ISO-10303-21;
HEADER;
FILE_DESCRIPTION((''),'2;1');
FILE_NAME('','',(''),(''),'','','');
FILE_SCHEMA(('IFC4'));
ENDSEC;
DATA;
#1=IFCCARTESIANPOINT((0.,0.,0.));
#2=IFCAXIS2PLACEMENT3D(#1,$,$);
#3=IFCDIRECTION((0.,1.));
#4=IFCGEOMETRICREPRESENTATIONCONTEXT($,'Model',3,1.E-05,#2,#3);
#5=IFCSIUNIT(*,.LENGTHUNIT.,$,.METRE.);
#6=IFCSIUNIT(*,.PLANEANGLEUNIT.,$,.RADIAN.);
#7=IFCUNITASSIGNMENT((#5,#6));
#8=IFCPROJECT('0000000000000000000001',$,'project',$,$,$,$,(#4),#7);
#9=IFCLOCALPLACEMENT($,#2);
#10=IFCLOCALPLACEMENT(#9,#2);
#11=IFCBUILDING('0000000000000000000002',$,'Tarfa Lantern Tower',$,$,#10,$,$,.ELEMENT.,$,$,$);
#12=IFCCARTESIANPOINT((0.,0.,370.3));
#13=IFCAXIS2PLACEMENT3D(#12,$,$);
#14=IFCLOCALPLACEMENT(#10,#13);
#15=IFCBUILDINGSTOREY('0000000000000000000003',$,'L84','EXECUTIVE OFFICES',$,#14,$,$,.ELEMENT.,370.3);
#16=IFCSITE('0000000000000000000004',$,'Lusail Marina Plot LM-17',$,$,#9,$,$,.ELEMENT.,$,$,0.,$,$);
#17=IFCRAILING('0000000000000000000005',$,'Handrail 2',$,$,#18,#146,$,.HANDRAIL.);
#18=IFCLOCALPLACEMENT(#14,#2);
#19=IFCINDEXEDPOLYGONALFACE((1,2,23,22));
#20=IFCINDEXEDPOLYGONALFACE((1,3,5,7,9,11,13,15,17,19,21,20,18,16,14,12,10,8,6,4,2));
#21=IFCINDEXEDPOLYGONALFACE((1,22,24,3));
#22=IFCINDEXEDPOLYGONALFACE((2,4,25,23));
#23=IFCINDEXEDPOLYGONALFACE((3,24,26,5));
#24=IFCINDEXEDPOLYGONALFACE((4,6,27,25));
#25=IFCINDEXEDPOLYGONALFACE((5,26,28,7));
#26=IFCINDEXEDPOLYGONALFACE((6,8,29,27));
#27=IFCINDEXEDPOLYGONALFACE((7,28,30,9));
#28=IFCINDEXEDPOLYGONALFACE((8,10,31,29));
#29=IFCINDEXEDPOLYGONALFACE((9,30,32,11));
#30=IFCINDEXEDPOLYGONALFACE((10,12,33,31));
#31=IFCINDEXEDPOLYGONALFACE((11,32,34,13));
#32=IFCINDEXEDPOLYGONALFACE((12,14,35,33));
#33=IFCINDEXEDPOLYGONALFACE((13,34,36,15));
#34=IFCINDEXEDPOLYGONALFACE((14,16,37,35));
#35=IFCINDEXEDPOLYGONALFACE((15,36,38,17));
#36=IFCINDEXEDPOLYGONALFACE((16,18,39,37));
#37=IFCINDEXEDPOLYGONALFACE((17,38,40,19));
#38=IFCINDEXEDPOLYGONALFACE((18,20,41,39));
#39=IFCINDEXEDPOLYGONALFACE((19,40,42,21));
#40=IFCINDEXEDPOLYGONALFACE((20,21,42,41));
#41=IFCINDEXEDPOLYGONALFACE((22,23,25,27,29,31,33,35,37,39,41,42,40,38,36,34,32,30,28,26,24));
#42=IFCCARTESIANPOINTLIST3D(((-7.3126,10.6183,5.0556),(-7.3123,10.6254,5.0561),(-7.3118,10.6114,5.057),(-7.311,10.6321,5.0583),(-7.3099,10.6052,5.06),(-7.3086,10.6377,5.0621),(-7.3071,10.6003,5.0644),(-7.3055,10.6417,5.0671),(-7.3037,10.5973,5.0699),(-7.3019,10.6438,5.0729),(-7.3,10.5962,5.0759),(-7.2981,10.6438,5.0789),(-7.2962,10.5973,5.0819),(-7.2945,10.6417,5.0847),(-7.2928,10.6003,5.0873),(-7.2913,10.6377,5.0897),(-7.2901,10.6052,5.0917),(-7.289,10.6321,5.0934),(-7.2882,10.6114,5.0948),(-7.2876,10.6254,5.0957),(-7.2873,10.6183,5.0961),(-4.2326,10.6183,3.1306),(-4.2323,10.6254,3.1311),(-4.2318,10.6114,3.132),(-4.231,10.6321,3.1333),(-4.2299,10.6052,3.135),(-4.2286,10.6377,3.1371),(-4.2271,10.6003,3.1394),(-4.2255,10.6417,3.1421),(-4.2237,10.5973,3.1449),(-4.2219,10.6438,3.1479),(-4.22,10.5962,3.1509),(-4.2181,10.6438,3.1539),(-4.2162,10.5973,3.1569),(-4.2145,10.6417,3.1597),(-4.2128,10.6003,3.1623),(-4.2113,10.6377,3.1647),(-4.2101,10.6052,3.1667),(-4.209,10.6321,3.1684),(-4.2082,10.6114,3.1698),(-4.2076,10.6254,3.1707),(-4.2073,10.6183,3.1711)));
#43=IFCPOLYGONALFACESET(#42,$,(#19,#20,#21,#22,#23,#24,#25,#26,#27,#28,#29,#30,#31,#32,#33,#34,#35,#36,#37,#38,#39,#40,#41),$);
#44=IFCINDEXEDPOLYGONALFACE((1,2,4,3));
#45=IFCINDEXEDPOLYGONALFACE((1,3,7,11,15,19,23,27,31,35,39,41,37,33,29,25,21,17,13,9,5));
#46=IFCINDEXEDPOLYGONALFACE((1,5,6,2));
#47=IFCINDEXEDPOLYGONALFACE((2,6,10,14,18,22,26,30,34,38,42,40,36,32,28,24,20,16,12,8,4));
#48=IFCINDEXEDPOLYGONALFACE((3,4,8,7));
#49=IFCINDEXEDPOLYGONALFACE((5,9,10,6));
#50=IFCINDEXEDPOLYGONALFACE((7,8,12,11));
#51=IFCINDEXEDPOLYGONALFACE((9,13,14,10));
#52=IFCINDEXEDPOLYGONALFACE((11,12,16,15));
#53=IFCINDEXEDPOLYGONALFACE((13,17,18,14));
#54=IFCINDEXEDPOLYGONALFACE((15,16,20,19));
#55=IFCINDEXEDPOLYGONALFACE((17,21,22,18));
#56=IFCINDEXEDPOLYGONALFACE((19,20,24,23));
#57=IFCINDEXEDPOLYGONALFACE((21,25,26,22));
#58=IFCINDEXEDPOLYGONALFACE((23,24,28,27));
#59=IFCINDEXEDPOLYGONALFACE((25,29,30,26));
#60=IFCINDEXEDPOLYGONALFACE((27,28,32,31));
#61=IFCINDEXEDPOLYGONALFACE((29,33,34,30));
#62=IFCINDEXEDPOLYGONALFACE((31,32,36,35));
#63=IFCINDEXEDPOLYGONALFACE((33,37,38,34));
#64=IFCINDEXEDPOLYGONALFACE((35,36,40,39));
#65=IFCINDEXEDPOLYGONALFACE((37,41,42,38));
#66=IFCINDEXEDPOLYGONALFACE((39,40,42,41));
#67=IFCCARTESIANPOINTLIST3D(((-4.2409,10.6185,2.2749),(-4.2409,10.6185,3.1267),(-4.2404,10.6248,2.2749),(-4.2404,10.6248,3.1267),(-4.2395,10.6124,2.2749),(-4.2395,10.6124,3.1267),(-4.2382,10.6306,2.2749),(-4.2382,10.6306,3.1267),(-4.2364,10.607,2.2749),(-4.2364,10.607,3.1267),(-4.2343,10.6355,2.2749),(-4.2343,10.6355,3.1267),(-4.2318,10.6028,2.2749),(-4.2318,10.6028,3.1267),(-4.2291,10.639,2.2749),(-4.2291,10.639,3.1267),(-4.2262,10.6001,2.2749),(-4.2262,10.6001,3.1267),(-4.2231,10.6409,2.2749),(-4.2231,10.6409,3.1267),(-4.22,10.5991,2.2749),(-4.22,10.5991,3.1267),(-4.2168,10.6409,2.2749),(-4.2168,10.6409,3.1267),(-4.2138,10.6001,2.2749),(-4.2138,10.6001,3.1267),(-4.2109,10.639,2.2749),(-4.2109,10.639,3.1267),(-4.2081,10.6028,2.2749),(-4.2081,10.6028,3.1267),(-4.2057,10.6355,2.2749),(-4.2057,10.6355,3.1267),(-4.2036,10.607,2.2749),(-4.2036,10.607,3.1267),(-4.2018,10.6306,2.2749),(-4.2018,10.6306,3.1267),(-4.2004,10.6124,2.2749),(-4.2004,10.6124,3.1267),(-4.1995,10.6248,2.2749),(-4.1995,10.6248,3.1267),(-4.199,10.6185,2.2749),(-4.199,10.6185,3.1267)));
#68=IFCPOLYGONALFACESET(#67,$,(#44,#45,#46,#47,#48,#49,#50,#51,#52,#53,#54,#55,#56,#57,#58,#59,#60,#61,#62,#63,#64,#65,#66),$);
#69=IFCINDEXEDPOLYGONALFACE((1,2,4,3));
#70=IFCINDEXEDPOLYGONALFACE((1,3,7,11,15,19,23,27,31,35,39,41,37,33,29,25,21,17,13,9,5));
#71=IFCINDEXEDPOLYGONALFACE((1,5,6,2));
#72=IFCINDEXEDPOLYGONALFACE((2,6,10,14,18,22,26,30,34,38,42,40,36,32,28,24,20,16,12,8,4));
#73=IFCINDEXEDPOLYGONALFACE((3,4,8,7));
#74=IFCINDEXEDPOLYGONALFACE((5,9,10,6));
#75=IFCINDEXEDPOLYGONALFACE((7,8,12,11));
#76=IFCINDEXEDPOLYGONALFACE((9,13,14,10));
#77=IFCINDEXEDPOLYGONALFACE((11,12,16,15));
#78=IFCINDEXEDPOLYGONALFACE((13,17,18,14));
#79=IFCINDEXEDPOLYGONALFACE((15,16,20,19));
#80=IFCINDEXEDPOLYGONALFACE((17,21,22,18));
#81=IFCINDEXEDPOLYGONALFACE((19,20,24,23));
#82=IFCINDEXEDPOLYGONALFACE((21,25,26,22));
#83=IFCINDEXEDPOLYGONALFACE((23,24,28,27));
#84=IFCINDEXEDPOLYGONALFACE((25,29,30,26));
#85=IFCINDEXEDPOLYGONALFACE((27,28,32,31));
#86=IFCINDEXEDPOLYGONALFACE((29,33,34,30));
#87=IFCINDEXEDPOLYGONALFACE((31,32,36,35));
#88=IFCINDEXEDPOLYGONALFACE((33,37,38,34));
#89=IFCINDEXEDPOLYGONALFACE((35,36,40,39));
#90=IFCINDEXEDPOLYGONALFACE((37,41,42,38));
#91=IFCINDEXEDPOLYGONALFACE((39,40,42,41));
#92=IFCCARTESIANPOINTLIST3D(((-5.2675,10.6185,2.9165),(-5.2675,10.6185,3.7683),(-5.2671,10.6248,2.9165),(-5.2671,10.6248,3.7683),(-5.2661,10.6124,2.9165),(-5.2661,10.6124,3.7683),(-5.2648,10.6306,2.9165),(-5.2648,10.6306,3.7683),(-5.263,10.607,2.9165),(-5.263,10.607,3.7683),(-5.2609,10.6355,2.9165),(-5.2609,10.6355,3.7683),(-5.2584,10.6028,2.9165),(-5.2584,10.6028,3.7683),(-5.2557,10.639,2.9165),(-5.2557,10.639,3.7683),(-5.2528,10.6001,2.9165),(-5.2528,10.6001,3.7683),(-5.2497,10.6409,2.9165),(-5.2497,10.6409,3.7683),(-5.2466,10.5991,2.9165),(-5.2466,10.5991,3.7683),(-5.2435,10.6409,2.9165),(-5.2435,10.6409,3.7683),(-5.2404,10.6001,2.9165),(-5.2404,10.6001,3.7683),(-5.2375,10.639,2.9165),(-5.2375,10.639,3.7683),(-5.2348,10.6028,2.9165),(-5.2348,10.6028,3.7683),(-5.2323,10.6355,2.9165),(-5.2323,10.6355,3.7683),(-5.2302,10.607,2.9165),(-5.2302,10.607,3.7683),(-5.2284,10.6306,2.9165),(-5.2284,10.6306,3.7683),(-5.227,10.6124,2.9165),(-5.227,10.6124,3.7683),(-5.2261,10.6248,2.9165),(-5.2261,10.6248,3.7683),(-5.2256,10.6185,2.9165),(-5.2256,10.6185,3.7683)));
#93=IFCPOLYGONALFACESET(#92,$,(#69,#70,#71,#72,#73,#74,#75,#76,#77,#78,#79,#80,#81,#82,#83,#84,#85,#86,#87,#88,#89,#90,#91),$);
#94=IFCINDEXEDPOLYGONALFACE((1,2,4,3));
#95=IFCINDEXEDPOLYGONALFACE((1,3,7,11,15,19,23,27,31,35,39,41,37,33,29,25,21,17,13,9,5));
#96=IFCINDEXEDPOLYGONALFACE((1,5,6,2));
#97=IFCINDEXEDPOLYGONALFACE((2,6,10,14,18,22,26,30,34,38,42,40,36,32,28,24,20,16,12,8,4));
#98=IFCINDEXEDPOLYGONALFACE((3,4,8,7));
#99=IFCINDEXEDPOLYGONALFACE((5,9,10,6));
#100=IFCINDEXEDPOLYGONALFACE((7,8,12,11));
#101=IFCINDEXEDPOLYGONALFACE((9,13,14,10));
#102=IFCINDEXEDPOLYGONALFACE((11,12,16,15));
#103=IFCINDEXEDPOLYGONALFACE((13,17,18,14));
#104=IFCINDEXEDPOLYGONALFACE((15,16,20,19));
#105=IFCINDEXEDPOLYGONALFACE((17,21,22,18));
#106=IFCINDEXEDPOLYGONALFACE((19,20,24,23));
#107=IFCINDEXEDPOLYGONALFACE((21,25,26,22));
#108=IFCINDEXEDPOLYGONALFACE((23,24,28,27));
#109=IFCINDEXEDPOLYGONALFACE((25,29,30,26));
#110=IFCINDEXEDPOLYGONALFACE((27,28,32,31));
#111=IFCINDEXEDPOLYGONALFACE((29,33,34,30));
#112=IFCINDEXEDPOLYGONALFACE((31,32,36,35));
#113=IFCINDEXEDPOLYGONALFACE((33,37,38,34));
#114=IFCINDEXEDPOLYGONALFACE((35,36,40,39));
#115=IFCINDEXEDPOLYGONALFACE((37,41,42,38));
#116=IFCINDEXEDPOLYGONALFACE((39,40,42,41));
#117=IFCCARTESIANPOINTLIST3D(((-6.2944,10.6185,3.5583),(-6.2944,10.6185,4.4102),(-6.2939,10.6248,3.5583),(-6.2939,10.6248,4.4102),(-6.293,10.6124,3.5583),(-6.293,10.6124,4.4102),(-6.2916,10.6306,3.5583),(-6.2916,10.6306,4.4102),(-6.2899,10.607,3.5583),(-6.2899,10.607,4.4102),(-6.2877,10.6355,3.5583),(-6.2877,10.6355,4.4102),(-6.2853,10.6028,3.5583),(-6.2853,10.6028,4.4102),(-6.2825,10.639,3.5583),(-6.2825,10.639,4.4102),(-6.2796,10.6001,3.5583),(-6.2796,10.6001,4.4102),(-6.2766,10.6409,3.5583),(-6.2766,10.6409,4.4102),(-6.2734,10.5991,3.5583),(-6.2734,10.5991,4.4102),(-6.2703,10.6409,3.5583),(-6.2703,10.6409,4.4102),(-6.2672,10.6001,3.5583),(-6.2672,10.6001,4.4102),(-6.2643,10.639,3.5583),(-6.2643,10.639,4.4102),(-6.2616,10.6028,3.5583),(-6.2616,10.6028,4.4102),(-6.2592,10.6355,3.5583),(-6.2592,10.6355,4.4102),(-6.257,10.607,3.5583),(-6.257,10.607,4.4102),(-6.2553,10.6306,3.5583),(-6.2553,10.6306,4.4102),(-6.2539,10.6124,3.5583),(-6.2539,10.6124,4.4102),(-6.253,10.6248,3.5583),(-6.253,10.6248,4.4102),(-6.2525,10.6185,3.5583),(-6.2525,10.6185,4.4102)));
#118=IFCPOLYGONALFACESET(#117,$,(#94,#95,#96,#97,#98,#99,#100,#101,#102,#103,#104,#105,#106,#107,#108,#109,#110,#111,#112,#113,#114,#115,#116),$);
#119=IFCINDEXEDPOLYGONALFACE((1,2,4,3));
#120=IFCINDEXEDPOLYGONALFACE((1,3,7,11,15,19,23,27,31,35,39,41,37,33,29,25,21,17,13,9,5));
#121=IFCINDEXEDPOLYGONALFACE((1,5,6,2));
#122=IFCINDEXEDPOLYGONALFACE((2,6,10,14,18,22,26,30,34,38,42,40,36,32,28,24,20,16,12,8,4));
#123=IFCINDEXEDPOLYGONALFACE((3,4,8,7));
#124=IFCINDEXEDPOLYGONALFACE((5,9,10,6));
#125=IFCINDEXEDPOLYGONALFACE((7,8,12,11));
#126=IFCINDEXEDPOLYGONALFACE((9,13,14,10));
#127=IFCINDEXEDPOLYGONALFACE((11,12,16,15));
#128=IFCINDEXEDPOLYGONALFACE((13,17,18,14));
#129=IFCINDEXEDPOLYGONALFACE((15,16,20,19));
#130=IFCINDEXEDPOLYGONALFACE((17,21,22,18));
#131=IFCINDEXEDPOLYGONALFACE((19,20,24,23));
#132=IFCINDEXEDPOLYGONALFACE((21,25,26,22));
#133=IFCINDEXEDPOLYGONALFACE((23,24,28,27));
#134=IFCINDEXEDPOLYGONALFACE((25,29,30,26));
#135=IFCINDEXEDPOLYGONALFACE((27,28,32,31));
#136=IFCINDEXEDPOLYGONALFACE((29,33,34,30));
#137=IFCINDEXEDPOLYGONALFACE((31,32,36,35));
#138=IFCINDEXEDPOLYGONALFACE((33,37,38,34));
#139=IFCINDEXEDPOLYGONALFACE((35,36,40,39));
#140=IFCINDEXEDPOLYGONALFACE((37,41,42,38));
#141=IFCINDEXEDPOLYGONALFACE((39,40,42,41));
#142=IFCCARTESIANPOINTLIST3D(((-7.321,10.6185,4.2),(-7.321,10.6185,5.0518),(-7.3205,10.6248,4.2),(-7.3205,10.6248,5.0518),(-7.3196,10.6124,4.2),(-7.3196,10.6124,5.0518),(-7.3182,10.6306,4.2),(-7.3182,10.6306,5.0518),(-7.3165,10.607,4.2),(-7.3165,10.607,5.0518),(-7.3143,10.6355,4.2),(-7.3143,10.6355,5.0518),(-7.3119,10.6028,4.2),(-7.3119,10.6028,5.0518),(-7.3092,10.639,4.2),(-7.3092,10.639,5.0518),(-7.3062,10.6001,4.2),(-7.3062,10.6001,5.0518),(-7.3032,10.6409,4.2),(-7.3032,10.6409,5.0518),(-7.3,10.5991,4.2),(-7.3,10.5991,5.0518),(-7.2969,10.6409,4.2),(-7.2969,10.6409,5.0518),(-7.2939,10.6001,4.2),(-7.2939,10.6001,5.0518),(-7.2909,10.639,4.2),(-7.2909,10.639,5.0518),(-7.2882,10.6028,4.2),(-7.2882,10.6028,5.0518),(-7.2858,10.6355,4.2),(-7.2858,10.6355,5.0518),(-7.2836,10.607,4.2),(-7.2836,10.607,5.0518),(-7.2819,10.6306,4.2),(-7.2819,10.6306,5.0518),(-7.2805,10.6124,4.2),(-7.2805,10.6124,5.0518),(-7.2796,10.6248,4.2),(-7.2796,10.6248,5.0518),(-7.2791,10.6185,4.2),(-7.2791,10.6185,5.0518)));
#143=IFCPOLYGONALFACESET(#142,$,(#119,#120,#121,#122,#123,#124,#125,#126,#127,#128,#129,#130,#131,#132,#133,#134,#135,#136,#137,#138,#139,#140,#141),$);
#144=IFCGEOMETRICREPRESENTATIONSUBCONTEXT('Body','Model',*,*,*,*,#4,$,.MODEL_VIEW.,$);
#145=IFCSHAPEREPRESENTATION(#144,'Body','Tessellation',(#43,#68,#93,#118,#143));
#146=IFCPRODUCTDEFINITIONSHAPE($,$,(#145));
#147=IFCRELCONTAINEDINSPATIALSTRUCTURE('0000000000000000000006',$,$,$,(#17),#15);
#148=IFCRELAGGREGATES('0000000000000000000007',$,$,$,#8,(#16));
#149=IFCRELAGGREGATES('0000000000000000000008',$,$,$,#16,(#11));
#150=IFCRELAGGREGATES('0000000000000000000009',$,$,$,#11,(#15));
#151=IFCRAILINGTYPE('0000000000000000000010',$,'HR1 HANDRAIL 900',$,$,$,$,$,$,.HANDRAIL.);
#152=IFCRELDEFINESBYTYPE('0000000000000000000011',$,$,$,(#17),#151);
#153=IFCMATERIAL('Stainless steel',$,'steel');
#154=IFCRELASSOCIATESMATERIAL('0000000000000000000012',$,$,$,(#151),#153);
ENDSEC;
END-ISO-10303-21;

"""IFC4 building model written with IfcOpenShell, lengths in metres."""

from ifc_helpers import new_model, si_unit, direction, frame, origin, origin_2d, place, context, subcontext, project, spatial, circle, extrude, material, type_object, element, save


model = new_model("IFC4")

# Units and contexts
model_context = context("Model", 3, precision=1e-05, world=origin(), true_north=direction((0.0, 1.0)))
body_context = subcontext(model_context, "Body", "Model", "MODEL_VIEW")
ifc_project = project(units=[si_unit("LENGTHUNIT", "METRE"), si_unit("PLANEANGLEUNIT", "RADIAN")], contexts=[model_context])

# Site, building, storey
site_placement = place(None, origin())
site = spatial("IfcSite", under=ifc_project, at=site_placement, Name="Lusail Marina Plot LM-17", CompositionType="ELEMENT", RefElevation=0.0)
building_placement = place(site_placement, origin())
building = spatial("IfcBuilding", under=site, at=building_placement, Name="Tarfa Lantern Tower", CompositionType="ELEMENT")
storey_placement = place(building_placement, frame((0.0, 0.0, 370.3)))
storey = spatial("IfcBuildingStorey", under=building, at=storey_placement, Name="L84", Description="EXECUTIVE OFFICES", CompositionType="ELEMENT", Elevation=370.3)

# Railing
ifc_material_1 = material(Name="Stainless steel", Category="steel")
railing_type = type_object("IfcRailingType", Name="HR1 HANDRAIL 900", PredefinedType="HANDRAIL", material=ifc_material_1)
railing_1_placement = place(storey_placement, frame((-4.22, 10.6201, 2.2749)))
element("IfcRailing", 1, at=railing_1_placement, inside=storey, type_object=railing_type, Name="Handrail 2", PredefinedType="HANDRAIL", context=body_context, shape_type="SweptSolid", body=[
    extrude(circle(Radius=0.0239, at=origin_2d()), frame((0.0, 0.0, 0.876), z_axis=(-0.847998, 0.0, 0.529999), x_axis=(0.0, -1.0, 0.0)), (0.0, 0.0, 1.0), 3.6321),
    extrude(circle(Radius=0.021, at=origin_2d()), frame((0.0, 0.0, 0.0), z_axis=(0.0, 0.0, 1.0), x_axis=(0.0, -1.0, 0.0)), (0.0, 0.0, 1.0), 0.8518),
    extrude(circle(Radius=0.021, at=origin_2d()), frame((-1.0266, 0.0, 0.6416), z_axis=(0.0, 0.0, 1.0), x_axis=(0.0, -1.0, 0.0)), (0.0, 0.0, 1.0), 0.8518),
    extrude(circle(Radius=0.021, at=origin_2d()), frame((-2.0535, 0.0, 1.2834), z_axis=(0.0, 0.0, 1.0), x_axis=(0.0, -1.0, 0.0)), (0.0, 0.0, 1.0), 0.8518),
    extrude(circle(Radius=0.021, at=origin_2d()), frame((-3.0801, 0.0, 1.925), z_axis=(0.0, 0.0, 1.0), x_axis=(0.0, -1.0, 0.0)), (0.0, 0.0, 1.0), 0.8518),
])

save(model, "model.ifc")
